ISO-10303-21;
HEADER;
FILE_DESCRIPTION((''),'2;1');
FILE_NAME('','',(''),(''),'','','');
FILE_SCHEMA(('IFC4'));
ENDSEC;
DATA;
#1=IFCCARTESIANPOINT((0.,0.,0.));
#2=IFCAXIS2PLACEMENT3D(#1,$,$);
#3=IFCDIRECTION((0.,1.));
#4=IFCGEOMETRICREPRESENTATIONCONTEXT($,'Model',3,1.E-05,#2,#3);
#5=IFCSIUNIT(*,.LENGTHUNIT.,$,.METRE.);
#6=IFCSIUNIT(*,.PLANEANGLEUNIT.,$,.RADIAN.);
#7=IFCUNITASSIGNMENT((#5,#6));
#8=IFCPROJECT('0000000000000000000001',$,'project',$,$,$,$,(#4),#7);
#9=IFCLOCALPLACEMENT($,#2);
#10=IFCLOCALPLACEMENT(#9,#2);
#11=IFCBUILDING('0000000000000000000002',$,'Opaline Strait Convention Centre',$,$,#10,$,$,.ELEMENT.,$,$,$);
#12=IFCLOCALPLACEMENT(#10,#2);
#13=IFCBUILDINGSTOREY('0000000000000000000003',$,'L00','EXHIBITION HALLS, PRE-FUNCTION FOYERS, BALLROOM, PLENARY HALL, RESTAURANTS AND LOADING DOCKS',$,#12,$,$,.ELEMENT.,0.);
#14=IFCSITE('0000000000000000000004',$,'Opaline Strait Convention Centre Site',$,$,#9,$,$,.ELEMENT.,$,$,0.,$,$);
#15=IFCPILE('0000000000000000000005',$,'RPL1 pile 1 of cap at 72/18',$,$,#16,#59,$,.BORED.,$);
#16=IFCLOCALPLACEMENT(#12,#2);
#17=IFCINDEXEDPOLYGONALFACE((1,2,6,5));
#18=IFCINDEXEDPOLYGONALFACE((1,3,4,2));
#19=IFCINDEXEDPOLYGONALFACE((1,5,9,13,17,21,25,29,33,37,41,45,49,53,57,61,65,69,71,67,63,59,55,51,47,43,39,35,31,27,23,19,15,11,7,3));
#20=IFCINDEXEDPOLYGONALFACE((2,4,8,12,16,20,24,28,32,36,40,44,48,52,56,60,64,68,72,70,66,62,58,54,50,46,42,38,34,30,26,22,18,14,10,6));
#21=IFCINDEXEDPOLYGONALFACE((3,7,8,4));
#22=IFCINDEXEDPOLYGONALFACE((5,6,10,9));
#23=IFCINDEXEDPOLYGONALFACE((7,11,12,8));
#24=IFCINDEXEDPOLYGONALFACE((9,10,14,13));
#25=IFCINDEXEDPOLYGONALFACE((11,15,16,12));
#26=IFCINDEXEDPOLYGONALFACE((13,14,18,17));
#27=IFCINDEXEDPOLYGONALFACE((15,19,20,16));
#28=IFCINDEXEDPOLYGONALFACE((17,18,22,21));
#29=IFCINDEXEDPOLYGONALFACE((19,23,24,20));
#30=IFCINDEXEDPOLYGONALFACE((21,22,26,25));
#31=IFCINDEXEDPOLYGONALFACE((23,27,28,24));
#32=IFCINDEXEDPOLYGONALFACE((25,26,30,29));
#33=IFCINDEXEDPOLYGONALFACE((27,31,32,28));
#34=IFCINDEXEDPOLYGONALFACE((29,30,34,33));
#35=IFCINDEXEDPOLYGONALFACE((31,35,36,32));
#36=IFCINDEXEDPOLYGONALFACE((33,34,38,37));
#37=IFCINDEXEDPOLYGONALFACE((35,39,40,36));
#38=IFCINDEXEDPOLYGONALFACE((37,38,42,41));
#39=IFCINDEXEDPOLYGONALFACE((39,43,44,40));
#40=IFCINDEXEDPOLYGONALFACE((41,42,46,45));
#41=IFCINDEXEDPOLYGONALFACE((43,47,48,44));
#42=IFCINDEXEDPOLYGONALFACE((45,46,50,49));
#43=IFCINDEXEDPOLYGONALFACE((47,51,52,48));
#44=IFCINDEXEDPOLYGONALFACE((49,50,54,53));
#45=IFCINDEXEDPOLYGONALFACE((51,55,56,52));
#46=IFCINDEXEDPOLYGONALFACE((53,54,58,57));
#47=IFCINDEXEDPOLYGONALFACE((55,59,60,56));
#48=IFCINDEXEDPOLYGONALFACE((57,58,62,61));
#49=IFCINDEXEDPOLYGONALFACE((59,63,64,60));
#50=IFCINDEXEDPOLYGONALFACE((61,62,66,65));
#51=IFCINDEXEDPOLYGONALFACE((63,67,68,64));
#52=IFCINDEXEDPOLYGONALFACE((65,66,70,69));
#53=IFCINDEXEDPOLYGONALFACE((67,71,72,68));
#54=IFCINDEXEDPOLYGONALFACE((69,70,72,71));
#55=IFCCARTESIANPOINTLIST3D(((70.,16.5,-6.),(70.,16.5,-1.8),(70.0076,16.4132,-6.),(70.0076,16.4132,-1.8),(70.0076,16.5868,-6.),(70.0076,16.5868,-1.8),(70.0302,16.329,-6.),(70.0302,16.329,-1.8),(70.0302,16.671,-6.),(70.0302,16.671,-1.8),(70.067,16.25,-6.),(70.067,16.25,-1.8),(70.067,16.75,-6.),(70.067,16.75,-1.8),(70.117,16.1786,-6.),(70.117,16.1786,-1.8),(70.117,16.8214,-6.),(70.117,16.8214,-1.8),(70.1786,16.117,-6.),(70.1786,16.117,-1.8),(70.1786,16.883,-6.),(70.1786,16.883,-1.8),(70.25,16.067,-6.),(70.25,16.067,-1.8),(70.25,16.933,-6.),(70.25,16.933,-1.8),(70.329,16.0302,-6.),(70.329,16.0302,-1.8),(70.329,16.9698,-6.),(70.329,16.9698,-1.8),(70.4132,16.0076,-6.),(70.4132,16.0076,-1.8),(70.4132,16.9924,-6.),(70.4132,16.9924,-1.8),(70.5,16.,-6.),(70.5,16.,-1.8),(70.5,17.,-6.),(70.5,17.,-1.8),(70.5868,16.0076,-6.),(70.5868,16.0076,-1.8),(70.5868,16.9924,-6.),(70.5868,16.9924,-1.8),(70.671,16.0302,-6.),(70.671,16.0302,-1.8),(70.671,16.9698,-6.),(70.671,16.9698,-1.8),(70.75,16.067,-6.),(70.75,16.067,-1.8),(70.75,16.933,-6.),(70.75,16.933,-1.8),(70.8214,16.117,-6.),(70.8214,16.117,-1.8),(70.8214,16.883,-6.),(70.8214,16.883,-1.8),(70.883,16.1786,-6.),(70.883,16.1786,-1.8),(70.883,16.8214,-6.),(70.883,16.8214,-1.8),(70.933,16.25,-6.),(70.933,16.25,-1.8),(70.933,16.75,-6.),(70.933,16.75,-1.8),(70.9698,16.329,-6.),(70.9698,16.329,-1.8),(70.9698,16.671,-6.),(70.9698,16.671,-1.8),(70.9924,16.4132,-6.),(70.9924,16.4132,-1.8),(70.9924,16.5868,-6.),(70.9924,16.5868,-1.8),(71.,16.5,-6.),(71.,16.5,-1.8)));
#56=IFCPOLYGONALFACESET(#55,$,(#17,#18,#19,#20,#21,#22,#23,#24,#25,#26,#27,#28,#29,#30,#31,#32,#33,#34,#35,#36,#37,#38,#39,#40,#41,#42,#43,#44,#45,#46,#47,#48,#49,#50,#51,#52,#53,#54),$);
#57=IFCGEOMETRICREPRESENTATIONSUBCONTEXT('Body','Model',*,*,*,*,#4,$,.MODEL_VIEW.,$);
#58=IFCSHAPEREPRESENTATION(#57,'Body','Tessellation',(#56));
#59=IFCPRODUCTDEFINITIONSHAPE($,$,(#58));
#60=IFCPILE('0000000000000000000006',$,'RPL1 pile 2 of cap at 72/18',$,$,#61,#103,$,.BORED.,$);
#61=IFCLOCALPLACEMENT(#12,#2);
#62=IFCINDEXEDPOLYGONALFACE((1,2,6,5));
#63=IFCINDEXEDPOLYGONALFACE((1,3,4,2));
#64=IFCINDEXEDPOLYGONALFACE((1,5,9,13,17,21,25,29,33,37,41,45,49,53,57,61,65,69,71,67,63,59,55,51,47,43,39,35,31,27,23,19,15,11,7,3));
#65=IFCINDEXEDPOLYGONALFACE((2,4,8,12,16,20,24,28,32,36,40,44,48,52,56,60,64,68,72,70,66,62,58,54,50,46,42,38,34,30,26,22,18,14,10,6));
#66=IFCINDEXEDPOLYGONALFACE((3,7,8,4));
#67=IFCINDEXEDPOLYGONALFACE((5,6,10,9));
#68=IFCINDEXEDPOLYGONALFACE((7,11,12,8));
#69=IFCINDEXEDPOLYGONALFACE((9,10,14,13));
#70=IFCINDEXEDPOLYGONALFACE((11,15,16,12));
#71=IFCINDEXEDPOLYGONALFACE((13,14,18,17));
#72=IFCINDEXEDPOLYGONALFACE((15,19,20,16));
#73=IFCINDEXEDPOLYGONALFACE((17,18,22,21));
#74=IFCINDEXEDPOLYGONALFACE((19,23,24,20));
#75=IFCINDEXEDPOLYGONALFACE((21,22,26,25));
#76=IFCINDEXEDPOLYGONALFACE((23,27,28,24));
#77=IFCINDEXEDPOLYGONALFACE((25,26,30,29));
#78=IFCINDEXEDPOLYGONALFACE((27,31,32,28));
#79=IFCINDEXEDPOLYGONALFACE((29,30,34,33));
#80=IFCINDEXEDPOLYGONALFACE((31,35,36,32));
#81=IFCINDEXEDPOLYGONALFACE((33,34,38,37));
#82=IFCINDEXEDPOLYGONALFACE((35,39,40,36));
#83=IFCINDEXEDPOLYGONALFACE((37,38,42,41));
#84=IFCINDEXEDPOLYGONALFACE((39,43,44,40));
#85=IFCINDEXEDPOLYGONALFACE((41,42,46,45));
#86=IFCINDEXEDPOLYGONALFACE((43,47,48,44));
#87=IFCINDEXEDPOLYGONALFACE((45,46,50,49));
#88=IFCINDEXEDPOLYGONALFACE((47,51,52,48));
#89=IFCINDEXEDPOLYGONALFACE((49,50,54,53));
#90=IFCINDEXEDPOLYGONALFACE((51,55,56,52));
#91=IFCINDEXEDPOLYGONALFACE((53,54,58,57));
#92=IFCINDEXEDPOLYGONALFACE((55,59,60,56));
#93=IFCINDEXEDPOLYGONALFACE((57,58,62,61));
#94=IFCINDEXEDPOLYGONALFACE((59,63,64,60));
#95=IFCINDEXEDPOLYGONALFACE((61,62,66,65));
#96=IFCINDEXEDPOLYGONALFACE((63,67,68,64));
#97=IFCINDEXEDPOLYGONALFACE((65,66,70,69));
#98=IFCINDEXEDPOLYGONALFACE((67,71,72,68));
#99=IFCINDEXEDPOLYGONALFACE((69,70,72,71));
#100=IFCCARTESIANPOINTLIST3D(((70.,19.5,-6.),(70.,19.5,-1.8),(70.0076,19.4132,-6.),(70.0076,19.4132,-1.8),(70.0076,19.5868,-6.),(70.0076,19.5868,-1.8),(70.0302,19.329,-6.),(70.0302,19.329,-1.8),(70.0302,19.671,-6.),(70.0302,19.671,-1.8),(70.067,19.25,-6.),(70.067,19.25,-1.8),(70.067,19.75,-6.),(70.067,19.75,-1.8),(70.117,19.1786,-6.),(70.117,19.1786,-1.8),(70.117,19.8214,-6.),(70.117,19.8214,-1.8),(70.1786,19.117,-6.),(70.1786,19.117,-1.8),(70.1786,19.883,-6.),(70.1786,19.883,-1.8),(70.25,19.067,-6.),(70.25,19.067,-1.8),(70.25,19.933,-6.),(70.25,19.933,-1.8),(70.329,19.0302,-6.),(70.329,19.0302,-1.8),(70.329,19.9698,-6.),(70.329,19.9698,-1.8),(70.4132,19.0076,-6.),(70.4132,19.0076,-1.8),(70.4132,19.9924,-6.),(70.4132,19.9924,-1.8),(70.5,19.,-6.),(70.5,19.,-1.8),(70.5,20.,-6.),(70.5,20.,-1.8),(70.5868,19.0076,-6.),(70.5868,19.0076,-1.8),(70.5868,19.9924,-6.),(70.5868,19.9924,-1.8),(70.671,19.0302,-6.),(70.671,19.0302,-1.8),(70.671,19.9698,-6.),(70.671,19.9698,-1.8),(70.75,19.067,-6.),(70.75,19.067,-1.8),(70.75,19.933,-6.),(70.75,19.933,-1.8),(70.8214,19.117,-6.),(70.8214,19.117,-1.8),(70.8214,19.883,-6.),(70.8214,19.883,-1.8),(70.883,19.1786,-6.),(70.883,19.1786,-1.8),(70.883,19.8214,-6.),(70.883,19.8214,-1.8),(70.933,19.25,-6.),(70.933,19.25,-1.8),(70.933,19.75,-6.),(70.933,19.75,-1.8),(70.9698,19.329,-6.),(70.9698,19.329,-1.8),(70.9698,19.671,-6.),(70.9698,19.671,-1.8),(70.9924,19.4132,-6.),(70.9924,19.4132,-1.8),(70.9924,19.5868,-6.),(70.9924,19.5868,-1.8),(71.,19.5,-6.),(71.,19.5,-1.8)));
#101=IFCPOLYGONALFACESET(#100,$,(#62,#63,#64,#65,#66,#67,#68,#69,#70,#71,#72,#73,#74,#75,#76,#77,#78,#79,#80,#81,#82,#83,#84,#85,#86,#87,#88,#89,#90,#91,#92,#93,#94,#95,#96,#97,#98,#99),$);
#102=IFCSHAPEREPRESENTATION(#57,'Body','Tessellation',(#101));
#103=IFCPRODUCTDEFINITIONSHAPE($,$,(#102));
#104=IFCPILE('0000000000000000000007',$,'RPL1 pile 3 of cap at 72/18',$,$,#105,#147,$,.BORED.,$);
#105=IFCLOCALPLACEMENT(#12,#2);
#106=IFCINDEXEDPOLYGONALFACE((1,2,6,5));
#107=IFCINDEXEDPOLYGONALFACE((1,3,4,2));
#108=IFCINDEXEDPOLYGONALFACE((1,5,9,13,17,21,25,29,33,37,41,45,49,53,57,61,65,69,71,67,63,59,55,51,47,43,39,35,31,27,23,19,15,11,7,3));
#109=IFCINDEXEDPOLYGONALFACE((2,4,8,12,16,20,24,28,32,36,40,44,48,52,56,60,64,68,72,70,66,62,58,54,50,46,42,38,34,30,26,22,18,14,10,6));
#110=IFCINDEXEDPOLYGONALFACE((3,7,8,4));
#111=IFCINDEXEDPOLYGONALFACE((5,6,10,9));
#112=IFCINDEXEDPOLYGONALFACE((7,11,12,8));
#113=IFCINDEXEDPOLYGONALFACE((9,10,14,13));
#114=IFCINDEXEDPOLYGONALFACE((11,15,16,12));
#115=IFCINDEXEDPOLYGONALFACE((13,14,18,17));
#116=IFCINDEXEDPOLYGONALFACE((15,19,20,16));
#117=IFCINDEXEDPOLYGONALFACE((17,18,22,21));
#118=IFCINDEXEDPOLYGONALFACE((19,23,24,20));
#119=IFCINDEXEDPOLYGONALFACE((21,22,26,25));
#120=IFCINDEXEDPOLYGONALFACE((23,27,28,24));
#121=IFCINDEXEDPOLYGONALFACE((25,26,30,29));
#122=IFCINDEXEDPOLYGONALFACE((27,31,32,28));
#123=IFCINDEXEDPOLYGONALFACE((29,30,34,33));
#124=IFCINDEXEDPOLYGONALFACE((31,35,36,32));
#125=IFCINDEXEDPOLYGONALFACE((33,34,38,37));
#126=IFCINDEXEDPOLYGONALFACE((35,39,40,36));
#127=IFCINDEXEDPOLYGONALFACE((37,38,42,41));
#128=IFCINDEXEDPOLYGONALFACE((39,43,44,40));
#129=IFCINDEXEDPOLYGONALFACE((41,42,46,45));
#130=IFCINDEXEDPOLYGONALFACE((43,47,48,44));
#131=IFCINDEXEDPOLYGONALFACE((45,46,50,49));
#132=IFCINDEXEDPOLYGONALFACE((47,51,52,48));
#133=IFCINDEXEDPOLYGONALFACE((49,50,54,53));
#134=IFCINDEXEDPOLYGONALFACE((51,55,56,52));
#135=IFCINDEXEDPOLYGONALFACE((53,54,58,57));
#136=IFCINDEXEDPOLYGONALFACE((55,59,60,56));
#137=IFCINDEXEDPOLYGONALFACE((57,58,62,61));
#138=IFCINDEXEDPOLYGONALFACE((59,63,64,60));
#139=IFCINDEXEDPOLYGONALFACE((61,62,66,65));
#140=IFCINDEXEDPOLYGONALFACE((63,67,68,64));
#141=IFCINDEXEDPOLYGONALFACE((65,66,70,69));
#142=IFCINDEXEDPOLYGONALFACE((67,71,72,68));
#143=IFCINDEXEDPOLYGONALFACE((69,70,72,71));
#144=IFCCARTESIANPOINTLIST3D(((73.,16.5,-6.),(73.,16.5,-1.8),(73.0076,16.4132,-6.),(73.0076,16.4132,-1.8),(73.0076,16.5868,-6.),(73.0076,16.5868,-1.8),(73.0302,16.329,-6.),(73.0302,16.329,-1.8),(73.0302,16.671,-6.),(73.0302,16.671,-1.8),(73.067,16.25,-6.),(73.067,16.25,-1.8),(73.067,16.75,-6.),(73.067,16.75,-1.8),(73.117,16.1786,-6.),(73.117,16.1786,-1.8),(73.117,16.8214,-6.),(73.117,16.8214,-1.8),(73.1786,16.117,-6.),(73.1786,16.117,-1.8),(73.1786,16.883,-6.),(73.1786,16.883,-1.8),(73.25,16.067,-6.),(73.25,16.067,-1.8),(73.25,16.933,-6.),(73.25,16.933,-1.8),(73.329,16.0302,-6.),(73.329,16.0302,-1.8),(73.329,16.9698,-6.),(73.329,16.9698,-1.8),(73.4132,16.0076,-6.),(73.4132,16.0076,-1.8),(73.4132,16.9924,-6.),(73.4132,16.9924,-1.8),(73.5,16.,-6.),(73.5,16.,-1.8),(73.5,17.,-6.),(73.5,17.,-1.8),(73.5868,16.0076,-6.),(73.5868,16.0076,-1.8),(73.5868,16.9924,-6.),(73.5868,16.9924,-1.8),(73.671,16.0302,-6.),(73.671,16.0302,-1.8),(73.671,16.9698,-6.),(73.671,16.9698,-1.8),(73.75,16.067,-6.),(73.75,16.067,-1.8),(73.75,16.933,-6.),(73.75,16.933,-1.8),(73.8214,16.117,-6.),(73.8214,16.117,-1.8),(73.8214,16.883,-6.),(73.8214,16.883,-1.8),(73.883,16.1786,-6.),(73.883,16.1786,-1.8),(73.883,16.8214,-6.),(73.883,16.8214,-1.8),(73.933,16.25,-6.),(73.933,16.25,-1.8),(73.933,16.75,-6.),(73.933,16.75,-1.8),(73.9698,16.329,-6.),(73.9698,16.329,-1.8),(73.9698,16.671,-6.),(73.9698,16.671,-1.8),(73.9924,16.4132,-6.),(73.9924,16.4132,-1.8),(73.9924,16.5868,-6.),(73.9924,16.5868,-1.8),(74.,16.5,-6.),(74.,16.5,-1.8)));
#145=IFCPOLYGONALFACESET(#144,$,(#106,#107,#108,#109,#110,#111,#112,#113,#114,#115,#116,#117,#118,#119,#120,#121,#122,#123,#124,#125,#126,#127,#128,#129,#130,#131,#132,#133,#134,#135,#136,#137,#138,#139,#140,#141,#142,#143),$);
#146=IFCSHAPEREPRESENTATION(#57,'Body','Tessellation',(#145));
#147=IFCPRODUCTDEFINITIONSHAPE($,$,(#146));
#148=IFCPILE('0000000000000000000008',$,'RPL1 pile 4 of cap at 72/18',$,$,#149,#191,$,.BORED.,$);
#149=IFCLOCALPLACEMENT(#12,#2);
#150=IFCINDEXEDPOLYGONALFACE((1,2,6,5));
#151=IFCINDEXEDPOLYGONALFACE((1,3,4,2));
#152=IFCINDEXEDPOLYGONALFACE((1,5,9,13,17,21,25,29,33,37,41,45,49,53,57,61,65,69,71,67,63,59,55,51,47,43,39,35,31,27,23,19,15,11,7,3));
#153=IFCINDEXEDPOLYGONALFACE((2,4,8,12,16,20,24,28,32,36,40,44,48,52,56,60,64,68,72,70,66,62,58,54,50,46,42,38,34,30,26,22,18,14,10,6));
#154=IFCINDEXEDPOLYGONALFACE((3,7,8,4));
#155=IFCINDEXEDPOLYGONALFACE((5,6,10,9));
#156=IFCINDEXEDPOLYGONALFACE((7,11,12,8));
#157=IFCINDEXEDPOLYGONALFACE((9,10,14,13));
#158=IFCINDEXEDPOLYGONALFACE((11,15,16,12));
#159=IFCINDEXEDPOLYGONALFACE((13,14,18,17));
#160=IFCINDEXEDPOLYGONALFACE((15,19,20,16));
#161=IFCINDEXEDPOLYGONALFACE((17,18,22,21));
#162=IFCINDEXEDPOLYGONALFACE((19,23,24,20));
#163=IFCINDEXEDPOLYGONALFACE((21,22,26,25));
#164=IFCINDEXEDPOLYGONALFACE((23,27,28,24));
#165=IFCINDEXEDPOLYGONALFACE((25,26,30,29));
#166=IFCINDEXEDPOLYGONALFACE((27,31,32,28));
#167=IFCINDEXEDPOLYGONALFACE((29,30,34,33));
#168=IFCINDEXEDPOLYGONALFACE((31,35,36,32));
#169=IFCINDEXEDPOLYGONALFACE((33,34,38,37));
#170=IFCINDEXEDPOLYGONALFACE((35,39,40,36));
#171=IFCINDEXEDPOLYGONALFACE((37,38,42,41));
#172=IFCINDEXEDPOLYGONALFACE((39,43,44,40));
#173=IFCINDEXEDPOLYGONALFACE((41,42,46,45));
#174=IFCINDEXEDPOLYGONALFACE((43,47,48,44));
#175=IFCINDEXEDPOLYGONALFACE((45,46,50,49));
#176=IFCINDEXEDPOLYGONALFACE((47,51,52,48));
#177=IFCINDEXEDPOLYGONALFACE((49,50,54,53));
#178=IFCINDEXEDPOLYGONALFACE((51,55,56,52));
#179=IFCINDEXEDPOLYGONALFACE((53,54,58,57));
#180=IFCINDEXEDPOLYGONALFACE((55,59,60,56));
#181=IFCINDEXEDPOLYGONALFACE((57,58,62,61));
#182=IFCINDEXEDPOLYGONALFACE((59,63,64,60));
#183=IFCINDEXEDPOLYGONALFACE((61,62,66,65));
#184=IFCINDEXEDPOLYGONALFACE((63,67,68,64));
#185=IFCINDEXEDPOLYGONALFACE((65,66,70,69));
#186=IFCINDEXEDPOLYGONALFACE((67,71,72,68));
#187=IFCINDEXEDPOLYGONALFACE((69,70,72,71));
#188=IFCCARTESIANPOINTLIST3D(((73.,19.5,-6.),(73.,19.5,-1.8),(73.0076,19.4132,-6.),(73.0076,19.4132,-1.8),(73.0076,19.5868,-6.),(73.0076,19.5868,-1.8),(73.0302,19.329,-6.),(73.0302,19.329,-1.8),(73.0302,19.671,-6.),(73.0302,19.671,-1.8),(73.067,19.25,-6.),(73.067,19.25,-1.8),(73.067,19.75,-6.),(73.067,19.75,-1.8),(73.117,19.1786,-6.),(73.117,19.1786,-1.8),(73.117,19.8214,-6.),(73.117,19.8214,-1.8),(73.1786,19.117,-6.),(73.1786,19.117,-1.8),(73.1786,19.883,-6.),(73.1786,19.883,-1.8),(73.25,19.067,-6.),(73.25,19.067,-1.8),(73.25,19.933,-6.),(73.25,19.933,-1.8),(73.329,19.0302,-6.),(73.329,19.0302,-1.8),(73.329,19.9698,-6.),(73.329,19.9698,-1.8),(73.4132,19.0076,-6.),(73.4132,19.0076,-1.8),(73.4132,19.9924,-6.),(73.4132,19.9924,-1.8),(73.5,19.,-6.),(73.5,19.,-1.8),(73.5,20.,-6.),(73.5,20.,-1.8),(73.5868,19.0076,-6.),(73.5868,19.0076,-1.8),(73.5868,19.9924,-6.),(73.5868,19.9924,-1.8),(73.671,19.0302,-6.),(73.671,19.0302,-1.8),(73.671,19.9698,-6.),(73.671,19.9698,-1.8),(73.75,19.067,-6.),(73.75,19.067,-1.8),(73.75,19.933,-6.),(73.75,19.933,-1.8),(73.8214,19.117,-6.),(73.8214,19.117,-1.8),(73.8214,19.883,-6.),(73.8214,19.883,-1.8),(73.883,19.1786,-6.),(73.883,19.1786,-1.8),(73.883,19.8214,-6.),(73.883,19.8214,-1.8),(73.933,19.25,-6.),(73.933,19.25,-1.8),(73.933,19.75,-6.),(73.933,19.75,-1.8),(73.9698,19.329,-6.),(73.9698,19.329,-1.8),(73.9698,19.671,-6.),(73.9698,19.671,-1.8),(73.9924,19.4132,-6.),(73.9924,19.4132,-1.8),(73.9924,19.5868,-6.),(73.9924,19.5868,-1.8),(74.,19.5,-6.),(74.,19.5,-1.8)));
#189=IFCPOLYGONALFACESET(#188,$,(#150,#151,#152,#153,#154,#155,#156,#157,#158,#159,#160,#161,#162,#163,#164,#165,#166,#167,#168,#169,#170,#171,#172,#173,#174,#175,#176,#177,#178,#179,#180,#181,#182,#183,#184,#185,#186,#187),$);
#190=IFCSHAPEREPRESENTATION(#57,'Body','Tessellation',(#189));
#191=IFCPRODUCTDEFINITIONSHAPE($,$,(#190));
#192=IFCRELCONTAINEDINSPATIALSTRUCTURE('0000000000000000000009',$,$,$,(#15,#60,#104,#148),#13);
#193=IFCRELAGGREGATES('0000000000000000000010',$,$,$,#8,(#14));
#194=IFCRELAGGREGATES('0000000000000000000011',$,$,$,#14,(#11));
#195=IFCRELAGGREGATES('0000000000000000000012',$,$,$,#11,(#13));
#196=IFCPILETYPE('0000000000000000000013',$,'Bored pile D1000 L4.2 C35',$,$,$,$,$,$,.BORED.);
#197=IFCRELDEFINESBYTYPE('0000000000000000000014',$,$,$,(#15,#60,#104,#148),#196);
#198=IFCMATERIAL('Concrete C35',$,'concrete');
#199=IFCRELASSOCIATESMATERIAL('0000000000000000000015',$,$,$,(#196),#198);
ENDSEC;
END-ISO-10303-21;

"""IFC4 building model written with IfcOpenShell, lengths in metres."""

from ifc_helpers import new_model, si_unit, direction, frame, origin, origin_2d, place, context, subcontext, project, spatial, circle, extrude, material, material_profile, profile_set, type_object, element, save


model = new_model("IFC4")

# Units and contexts
model_context = context("Model", 3, precision=1e-05, world=origin(), true_north=direction((0.0, 1.0)))
body_context = subcontext(model_context, "Body", "Model", "MODEL_VIEW")
ifc_project = project(units=[si_unit("LENGTHUNIT", "METRE"), si_unit("PLANEANGLEUNIT", "RADIAN")], contexts=[model_context])

# Site, building, storey
site_placement = place(None, origin())
site = spatial("IfcSite", under=ifc_project, at=site_placement, Name="Opaline Strait Convention Centre Site", CompositionType="ELEMENT", RefElevation=0.0)
building_placement = place(site_placement, origin())
building = spatial("IfcBuilding", under=site, at=building_placement, Name="Opaline Strait Convention Centre", CompositionType="ELEMENT")
storey_placement = place(building_placement, origin())
storey = spatial("IfcBuildingStorey", under=building, at=storey_placement, Name="L00", Description="EXHIBITION HALLS, PRE-FUNCTION FOYERS, BALLROOM, PLENARY HALL, RESTAURANTS AND LOADING DOCKS", CompositionType="ELEMENT", Elevation=0.0)

# Piles
ifc_material_1 = material(Name="Concrete C35", Category="concrete")
ifc_material_profile_1 = material_profile(ifc_material_1, circle(Radius=0.5, at=origin_2d()), Name="D1000")
ifc_profile_set_1 = profile_set([ifc_material_profile_1], Name="Concrete C35")
pile_type = type_object("IfcPileType", Name="Bored pile D1000 L4.2 C35", PredefinedType="BORED", material=ifc_profile_set_1)
for number, where, z_axis, x_axis, name in (
    (1, (70.5, 16.5, -1.8), (0.0, 0.0, -1.0), (1.0, 0.0, 0.0), "RPL1 pile 1 of cap at 72/18"),
    (2, (70.5, 19.5, -1.8), (0.0, 0.0, -1.0), (1.0, 0.0, 0.0), "RPL1 pile 2 of cap at 72/18"),
    (3, (73.5, 16.5, -1.8), (0.0, 0.0, -1.0), (1.0, 0.0, 0.0), "RPL1 pile 3 of cap at 72/18"),
    (4, (73.5, 19.5, -1.8), (0.0, 0.0, -1.0), (1.0, 0.0, 0.0), "RPL1 pile 4 of cap at 72/18"),
):
    element("IfcPile", number, at=place(storey_placement, frame(where, z_axis=z_axis, x_axis=x_axis)), inside=storey, type_object=pile_type, Name=name, PredefinedType="BORED", context=body_context, shape_type="SweptSolid", body=[
        extrude(circle(Radius=0.5, at=origin_2d()), origin(), (0.0, 0.0, 1.0), 4.2),
    ])

save(model, "model.ifc")
